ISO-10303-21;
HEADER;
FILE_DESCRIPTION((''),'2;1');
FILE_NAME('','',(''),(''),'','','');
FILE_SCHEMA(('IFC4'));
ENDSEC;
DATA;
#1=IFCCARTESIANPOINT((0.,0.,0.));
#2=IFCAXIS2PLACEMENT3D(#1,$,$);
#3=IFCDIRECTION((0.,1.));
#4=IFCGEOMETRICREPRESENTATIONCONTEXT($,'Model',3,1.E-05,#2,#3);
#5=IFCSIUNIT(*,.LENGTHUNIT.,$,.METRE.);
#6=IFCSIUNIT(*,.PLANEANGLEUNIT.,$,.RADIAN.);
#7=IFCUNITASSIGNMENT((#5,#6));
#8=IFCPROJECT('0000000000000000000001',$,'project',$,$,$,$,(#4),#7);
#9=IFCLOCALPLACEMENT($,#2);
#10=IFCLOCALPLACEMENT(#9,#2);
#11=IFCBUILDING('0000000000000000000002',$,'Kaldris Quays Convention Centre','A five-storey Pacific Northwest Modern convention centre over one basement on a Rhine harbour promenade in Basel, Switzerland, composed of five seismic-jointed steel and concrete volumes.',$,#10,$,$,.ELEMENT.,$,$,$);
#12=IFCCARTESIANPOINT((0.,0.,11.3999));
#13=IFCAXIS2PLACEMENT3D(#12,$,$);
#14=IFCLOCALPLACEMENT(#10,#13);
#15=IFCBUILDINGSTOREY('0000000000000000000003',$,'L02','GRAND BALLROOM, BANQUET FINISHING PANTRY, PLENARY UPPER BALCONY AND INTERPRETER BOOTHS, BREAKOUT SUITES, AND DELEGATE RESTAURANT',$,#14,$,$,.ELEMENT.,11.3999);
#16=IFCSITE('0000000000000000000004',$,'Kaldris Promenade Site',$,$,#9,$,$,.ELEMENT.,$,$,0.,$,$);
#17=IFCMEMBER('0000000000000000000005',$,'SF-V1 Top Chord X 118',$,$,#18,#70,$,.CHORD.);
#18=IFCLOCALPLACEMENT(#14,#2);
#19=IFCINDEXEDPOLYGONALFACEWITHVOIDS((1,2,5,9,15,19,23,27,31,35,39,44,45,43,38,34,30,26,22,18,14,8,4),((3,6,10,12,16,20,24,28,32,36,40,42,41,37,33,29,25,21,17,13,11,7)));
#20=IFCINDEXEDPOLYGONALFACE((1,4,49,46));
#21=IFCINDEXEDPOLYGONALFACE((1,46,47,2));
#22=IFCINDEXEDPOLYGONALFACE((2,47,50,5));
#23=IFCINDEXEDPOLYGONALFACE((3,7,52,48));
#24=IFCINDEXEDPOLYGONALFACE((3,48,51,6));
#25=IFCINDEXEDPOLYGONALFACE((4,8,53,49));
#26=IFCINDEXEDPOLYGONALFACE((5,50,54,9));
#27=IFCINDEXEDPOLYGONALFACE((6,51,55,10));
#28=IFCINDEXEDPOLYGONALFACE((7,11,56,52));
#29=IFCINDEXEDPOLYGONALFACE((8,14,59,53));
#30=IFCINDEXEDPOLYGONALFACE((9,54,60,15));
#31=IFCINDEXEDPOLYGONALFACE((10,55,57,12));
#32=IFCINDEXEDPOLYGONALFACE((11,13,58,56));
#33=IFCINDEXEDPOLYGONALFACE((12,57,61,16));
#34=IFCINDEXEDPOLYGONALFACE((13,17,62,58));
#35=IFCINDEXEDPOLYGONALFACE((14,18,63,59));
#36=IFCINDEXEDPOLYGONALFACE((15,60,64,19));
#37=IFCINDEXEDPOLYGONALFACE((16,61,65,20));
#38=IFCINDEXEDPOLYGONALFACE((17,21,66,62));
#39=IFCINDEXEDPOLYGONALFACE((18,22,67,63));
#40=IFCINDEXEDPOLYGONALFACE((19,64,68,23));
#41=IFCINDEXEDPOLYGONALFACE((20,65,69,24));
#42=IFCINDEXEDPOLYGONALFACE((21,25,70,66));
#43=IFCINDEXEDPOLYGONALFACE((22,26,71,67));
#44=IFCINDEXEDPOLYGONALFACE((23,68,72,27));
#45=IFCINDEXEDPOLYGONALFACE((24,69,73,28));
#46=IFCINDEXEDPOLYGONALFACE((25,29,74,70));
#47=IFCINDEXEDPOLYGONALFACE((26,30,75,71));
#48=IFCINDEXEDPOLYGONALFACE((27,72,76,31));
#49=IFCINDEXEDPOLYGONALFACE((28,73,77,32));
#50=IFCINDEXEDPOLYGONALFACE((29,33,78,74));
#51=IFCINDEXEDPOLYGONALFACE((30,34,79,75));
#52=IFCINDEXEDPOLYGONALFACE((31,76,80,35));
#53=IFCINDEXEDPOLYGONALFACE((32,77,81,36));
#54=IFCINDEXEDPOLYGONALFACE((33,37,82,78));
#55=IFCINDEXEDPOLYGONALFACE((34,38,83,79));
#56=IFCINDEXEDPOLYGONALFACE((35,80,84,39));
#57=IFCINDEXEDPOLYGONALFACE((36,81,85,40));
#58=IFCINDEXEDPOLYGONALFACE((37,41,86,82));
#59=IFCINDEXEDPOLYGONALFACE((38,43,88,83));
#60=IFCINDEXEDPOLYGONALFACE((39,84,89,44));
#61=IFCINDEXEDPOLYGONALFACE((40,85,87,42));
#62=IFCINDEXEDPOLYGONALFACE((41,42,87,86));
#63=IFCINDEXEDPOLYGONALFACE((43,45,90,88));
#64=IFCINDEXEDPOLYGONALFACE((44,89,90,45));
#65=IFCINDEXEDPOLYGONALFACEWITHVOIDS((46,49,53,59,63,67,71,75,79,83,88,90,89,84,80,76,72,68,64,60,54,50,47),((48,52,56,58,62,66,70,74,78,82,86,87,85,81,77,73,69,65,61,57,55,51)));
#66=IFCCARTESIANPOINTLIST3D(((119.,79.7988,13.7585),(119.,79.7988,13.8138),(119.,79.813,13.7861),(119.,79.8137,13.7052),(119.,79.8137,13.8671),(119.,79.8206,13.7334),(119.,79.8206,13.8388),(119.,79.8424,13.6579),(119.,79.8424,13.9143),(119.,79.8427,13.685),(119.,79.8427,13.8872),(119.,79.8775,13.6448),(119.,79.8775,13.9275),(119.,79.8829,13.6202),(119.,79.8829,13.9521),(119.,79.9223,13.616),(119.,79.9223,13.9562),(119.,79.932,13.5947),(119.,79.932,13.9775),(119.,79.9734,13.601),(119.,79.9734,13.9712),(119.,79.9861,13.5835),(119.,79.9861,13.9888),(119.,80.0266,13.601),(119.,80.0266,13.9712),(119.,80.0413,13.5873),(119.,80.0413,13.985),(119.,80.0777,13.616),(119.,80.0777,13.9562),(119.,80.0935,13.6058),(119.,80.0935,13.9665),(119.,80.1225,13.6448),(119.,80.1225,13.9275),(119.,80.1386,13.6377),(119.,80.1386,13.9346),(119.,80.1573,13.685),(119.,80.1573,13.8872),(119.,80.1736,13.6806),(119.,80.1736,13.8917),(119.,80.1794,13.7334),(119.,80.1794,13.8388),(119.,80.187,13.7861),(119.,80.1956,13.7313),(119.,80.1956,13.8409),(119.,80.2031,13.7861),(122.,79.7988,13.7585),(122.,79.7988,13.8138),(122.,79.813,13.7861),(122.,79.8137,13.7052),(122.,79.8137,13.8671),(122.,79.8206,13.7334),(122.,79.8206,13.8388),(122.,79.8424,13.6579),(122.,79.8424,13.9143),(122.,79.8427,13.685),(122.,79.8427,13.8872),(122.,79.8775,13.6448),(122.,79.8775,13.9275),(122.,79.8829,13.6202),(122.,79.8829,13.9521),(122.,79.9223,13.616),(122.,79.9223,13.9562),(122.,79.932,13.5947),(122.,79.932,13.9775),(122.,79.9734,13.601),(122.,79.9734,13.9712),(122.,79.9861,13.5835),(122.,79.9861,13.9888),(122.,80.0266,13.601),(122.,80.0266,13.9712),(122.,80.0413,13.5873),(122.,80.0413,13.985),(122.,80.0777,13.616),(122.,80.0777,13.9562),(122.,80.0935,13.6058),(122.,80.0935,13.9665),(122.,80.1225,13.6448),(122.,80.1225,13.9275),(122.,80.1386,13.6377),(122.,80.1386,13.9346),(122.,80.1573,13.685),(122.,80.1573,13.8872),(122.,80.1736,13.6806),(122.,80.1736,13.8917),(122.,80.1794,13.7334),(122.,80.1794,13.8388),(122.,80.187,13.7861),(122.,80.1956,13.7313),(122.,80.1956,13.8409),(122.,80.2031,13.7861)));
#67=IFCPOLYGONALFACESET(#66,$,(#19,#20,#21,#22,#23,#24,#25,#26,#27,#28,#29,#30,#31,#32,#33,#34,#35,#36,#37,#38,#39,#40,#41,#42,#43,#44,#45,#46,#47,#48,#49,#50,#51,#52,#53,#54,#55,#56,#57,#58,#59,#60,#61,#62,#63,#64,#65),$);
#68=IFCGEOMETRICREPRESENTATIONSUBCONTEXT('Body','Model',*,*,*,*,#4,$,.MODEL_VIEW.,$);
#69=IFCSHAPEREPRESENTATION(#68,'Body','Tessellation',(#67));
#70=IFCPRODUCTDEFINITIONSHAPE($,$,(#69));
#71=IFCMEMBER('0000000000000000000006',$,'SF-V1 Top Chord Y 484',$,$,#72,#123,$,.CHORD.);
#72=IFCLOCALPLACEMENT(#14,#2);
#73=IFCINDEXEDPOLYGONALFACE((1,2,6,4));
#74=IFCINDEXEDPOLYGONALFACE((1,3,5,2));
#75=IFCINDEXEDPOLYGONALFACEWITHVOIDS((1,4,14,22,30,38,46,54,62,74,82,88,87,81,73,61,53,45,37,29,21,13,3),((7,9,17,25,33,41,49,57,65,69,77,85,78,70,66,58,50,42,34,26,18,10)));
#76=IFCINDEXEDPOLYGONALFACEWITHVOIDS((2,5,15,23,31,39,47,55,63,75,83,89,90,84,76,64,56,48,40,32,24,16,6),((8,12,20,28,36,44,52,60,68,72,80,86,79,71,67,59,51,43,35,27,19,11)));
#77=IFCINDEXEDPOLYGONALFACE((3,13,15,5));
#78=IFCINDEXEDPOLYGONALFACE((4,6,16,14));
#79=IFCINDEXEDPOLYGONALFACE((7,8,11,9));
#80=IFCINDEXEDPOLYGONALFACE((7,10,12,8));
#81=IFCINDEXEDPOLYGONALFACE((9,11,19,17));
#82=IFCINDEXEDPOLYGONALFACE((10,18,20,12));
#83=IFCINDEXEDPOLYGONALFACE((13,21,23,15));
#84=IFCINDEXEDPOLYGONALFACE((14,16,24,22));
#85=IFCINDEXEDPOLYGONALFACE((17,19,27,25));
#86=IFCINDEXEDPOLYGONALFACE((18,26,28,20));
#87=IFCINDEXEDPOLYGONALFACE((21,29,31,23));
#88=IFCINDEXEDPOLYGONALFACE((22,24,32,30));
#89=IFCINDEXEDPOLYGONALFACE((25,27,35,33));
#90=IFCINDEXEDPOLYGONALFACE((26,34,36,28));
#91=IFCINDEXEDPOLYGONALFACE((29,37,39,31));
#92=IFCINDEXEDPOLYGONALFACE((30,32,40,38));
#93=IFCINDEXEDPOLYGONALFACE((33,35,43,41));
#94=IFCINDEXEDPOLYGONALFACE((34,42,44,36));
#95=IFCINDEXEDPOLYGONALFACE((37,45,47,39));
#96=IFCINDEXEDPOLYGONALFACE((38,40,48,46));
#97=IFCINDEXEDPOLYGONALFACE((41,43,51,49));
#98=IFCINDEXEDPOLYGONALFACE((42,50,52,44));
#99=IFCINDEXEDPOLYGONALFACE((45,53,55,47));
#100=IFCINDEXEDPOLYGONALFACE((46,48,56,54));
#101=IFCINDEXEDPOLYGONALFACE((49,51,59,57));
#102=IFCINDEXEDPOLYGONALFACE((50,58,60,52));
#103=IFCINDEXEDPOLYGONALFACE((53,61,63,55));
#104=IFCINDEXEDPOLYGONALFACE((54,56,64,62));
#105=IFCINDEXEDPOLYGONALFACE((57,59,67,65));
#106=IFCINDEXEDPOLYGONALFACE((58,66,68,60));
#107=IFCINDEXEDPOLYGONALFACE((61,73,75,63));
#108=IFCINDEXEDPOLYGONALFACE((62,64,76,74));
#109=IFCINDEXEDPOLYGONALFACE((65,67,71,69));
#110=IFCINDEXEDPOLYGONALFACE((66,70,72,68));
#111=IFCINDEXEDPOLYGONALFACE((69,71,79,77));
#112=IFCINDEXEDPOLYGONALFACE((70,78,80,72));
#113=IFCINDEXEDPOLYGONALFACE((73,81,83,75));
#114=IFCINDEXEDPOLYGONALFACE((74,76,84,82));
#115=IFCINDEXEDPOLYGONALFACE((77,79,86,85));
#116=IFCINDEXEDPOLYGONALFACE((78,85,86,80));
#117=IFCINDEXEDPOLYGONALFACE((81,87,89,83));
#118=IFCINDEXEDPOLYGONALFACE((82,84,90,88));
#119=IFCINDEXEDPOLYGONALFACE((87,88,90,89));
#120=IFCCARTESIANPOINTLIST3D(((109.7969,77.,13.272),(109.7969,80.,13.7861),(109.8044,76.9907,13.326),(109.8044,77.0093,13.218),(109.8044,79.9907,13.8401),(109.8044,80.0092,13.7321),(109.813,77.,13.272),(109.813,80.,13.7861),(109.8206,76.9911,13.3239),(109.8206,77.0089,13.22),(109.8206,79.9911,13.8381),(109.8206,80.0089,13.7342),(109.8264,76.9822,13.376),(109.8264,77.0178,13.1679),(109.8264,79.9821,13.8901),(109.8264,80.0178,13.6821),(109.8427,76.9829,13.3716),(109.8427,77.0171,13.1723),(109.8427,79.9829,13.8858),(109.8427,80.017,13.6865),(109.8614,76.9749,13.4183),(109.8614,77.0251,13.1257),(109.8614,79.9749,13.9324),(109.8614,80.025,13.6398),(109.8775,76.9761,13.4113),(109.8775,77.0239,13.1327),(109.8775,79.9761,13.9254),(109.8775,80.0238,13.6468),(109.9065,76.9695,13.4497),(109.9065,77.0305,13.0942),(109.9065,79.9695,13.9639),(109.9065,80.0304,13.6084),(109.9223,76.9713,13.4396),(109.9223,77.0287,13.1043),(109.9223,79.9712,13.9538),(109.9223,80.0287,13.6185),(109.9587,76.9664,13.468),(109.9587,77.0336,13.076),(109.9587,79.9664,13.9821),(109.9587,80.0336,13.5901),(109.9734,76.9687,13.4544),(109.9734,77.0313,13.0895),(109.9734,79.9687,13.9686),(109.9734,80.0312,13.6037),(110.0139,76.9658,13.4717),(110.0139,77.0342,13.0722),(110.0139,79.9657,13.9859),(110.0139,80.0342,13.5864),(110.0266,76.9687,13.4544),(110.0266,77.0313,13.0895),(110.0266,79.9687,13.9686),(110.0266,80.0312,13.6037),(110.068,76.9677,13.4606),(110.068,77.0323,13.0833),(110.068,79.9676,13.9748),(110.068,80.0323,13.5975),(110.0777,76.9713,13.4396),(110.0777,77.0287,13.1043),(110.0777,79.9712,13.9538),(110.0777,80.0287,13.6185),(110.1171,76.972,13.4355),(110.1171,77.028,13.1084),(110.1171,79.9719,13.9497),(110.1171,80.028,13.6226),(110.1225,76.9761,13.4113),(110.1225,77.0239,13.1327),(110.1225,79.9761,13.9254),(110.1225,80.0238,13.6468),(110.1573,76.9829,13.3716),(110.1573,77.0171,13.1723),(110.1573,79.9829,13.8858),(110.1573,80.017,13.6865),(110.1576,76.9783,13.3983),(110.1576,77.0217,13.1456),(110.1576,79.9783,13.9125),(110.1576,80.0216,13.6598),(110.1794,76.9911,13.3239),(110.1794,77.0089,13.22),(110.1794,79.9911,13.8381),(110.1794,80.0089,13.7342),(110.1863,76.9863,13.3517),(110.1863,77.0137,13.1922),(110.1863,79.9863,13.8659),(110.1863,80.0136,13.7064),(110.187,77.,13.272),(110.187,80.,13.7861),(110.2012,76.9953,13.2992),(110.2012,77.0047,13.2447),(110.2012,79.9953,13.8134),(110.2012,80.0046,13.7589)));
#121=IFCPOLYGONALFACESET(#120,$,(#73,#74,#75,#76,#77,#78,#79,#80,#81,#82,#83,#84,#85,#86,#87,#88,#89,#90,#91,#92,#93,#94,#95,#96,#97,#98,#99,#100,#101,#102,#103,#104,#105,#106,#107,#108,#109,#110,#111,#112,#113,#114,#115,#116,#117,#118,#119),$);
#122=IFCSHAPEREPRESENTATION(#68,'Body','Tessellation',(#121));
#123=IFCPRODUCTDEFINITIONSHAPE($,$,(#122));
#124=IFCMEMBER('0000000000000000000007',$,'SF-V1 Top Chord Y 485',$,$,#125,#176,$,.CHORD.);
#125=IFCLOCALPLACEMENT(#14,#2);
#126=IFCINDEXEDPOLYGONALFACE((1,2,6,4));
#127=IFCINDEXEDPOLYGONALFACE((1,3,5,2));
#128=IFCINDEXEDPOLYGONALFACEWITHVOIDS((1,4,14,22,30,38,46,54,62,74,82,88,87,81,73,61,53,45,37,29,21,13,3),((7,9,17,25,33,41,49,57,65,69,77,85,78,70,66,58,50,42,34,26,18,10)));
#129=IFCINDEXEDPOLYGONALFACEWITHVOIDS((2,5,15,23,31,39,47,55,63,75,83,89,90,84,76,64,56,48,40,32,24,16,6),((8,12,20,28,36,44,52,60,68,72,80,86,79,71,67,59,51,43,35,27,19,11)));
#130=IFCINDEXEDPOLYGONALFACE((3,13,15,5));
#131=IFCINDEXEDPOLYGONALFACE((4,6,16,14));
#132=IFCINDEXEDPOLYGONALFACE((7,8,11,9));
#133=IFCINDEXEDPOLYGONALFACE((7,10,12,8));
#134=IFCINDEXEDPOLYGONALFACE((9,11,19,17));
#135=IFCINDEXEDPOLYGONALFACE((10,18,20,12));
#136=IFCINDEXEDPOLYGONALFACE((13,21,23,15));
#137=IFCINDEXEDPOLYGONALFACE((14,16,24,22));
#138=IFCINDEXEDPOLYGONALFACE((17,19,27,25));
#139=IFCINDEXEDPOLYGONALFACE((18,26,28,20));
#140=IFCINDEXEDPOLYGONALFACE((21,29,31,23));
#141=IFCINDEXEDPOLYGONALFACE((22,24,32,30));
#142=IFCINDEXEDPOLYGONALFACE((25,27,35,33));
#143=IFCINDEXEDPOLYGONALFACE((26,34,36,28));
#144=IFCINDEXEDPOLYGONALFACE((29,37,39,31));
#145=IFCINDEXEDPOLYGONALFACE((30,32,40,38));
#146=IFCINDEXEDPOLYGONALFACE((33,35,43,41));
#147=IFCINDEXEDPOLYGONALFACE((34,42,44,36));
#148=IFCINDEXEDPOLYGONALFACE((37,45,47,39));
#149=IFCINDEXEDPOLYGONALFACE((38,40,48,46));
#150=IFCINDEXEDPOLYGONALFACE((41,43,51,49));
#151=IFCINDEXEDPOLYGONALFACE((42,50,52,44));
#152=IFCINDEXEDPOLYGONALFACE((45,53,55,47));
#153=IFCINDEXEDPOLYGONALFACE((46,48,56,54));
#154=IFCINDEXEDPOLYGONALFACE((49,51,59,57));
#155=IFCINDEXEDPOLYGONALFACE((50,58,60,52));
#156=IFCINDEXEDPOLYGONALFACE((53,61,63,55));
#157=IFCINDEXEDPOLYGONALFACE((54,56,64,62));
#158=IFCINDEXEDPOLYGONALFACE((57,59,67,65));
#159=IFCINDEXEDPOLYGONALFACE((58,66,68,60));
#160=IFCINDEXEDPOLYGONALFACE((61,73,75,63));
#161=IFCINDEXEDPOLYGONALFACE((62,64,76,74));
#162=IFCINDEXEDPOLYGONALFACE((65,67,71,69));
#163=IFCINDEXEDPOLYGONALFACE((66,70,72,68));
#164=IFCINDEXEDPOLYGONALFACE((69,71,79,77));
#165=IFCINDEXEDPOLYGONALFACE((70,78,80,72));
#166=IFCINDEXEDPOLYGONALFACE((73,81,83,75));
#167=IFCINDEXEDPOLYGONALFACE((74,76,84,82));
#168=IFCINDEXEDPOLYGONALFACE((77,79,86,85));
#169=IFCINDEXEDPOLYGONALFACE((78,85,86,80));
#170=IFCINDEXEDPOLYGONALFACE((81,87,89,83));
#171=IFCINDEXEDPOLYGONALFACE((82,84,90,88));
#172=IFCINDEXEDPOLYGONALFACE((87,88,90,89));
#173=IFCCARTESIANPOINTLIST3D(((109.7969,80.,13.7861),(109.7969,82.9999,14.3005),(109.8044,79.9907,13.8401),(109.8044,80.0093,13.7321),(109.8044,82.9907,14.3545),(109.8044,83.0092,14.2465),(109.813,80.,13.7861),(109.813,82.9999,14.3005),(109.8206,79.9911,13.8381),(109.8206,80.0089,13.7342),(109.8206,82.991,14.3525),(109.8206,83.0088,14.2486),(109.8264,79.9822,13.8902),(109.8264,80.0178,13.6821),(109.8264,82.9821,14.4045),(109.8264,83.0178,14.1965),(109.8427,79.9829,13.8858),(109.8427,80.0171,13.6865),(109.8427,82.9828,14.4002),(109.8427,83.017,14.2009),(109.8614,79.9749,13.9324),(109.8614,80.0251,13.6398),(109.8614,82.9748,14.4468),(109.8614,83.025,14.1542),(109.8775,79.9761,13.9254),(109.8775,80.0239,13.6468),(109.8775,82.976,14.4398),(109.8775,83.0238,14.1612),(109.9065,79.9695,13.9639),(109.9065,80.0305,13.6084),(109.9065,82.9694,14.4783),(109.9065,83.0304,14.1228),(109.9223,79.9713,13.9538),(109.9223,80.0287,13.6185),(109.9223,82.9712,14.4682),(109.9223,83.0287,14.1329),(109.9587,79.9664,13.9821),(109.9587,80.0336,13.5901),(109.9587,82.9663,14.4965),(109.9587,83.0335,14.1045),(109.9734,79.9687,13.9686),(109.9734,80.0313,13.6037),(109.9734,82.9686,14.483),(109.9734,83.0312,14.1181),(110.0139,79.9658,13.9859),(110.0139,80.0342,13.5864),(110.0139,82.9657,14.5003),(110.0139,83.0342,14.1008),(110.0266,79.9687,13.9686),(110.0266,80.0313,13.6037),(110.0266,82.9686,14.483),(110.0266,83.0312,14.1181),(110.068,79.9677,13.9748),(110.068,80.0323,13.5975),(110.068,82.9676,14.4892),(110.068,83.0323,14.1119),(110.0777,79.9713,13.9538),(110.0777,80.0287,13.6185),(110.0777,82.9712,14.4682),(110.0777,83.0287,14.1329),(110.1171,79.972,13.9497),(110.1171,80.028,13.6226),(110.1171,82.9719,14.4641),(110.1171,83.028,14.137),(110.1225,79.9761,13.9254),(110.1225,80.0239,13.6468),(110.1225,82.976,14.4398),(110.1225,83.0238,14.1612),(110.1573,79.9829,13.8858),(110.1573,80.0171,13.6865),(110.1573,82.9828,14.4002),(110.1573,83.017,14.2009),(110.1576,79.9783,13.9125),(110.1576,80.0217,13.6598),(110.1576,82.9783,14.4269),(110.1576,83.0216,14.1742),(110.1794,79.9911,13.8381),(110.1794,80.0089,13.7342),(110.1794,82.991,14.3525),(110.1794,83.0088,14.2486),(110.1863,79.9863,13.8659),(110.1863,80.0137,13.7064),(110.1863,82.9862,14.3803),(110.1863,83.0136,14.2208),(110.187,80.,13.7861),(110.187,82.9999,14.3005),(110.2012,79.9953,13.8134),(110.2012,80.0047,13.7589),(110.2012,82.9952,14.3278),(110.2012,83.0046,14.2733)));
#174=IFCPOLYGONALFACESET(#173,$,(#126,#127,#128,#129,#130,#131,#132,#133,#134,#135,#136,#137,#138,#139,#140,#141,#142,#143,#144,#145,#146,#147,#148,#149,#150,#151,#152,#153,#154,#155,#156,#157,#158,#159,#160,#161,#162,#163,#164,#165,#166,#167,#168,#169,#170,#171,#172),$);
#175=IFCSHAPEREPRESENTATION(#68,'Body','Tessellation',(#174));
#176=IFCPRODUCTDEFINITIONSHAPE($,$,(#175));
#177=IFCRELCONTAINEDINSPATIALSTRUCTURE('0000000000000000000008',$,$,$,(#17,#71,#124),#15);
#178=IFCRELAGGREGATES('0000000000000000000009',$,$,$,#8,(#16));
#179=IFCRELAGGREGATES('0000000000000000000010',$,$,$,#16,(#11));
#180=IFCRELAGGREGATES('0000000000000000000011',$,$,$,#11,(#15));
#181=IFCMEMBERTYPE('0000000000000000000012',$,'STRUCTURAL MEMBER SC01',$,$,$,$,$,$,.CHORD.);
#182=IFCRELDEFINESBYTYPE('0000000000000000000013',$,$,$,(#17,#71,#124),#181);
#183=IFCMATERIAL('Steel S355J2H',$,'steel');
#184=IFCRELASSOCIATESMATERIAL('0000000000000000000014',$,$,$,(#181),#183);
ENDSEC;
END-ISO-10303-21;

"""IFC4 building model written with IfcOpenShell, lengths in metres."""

from ifc_helpers import new_model, si_unit, direction, frame, origin, origin_2d, place, context, subcontext, project, spatial, hollow_circle, extrude, material, material_profile, profile_set, type_object, element, save


model = new_model("IFC4")

# Units and contexts
model_context = context("Model", 3, precision=1e-05, world=origin(), true_north=direction((0.0, 1.0)))
body_context = subcontext(model_context, "Body", "Model", "MODEL_VIEW")
ifc_project = project(units=[si_unit("LENGTHUNIT", "METRE"), si_unit("PLANEANGLEUNIT", "RADIAN")], contexts=[model_context])

# Site, building, storey
site_placement = place(None, origin())
site = spatial("IfcSite", under=ifc_project, at=site_placement, Name="Kaldris Promenade Site", CompositionType="ELEMENT", RefElevation=0.0)
building_placement = place(site_placement, origin())
building = spatial("IfcBuilding", under=site, at=building_placement, Name="Kaldris Quays Convention Centre", Description="A five-storey Pacific Northwest Modern convention centre over one basement on a Rhine harbour promenade in Basel, Switzerland, composed of five seismic-jointed steel and concrete volumes.", CompositionType="ELEMENT")
storey_placement = place(building_placement, frame((0.0, 0.0, 11.3999)))
storey = spatial("IfcBuildingStorey", under=building, at=storey_placement, Name="L02", Description="GRAND BALLROOM, BANQUET FINISHING PANTRY, PLENARY UPPER BALCONY AND INTERPRETER BOOTHS, BREAKOUT SUITES, AND DELEGATE RESTAURANT", CompositionType="ELEMENT", Elevation=11.3999)

# Members
ifc_material_1 = material(Name="Steel S355J2H", Category="steel")
ifc_material_profile_1 = material_profile(ifc_material_1, hollow_circle(Radius=0.2031, WallThickness=0.0161, at=origin_2d()), Name="CHS 406.4x16")
ifc_profile_set_1 = profile_set([ifc_material_profile_1], Name="Steel S355J2H")
member_type_1 = type_object("IfcMemberType", Name="STRUCTURAL MEMBER SC01", PredefinedType="CHORD", material=ifc_profile_set_1)
for number, where, z_axis, x_axis, name in (
    (1, (119.0, 80.0, 13.7861), (1.0, 0.0, 0.0), (0.0, 1.0, 0.0), "SF-V1 Top Chord X 118"),
):
    element("IfcMember", number, at=place(storey_placement, frame(where, z_axis=z_axis, x_axis=x_axis)), inside=storey, type_object=member_type_1, Name=name, PredefinedType="CHORD", context=body_context, shape_type="SweptSolid", body=[
        extrude(hollow_circle(Radius=0.2031, WallThickness=0.0161, at=origin_2d()), origin(), (0.0, 0.0, 1.0), 3.0),
    ])
for number, where, z_axis, x_axis, name in (
    (2, (110.0, 77.0, 13.272), (0.0, 0.985629, 0.168924), (-1.0, 0.0, 0.0), "SF-V1 Top Chord Y 484"),
    (3, (110.0, 80.0, 13.7861), (0.0, 0.985616, 0.169002), (-1.0, 0.0, 0.0), "SF-V1 Top Chord Y 485"),
):
    element("IfcMember", number, at=place(storey_placement, frame(where, z_axis=z_axis, x_axis=x_axis)), inside=storey, type_object=member_type_1, Name=name, PredefinedType="CHORD", context=body_context, shape_type="SweptSolid", body=[
        extrude(hollow_circle(Radius=0.2031, WallThickness=0.0161, at=origin_2d()), origin(), (0.0, 0.0, 1.0), 3.0437),
    ])

save(model, "model.ifc")
